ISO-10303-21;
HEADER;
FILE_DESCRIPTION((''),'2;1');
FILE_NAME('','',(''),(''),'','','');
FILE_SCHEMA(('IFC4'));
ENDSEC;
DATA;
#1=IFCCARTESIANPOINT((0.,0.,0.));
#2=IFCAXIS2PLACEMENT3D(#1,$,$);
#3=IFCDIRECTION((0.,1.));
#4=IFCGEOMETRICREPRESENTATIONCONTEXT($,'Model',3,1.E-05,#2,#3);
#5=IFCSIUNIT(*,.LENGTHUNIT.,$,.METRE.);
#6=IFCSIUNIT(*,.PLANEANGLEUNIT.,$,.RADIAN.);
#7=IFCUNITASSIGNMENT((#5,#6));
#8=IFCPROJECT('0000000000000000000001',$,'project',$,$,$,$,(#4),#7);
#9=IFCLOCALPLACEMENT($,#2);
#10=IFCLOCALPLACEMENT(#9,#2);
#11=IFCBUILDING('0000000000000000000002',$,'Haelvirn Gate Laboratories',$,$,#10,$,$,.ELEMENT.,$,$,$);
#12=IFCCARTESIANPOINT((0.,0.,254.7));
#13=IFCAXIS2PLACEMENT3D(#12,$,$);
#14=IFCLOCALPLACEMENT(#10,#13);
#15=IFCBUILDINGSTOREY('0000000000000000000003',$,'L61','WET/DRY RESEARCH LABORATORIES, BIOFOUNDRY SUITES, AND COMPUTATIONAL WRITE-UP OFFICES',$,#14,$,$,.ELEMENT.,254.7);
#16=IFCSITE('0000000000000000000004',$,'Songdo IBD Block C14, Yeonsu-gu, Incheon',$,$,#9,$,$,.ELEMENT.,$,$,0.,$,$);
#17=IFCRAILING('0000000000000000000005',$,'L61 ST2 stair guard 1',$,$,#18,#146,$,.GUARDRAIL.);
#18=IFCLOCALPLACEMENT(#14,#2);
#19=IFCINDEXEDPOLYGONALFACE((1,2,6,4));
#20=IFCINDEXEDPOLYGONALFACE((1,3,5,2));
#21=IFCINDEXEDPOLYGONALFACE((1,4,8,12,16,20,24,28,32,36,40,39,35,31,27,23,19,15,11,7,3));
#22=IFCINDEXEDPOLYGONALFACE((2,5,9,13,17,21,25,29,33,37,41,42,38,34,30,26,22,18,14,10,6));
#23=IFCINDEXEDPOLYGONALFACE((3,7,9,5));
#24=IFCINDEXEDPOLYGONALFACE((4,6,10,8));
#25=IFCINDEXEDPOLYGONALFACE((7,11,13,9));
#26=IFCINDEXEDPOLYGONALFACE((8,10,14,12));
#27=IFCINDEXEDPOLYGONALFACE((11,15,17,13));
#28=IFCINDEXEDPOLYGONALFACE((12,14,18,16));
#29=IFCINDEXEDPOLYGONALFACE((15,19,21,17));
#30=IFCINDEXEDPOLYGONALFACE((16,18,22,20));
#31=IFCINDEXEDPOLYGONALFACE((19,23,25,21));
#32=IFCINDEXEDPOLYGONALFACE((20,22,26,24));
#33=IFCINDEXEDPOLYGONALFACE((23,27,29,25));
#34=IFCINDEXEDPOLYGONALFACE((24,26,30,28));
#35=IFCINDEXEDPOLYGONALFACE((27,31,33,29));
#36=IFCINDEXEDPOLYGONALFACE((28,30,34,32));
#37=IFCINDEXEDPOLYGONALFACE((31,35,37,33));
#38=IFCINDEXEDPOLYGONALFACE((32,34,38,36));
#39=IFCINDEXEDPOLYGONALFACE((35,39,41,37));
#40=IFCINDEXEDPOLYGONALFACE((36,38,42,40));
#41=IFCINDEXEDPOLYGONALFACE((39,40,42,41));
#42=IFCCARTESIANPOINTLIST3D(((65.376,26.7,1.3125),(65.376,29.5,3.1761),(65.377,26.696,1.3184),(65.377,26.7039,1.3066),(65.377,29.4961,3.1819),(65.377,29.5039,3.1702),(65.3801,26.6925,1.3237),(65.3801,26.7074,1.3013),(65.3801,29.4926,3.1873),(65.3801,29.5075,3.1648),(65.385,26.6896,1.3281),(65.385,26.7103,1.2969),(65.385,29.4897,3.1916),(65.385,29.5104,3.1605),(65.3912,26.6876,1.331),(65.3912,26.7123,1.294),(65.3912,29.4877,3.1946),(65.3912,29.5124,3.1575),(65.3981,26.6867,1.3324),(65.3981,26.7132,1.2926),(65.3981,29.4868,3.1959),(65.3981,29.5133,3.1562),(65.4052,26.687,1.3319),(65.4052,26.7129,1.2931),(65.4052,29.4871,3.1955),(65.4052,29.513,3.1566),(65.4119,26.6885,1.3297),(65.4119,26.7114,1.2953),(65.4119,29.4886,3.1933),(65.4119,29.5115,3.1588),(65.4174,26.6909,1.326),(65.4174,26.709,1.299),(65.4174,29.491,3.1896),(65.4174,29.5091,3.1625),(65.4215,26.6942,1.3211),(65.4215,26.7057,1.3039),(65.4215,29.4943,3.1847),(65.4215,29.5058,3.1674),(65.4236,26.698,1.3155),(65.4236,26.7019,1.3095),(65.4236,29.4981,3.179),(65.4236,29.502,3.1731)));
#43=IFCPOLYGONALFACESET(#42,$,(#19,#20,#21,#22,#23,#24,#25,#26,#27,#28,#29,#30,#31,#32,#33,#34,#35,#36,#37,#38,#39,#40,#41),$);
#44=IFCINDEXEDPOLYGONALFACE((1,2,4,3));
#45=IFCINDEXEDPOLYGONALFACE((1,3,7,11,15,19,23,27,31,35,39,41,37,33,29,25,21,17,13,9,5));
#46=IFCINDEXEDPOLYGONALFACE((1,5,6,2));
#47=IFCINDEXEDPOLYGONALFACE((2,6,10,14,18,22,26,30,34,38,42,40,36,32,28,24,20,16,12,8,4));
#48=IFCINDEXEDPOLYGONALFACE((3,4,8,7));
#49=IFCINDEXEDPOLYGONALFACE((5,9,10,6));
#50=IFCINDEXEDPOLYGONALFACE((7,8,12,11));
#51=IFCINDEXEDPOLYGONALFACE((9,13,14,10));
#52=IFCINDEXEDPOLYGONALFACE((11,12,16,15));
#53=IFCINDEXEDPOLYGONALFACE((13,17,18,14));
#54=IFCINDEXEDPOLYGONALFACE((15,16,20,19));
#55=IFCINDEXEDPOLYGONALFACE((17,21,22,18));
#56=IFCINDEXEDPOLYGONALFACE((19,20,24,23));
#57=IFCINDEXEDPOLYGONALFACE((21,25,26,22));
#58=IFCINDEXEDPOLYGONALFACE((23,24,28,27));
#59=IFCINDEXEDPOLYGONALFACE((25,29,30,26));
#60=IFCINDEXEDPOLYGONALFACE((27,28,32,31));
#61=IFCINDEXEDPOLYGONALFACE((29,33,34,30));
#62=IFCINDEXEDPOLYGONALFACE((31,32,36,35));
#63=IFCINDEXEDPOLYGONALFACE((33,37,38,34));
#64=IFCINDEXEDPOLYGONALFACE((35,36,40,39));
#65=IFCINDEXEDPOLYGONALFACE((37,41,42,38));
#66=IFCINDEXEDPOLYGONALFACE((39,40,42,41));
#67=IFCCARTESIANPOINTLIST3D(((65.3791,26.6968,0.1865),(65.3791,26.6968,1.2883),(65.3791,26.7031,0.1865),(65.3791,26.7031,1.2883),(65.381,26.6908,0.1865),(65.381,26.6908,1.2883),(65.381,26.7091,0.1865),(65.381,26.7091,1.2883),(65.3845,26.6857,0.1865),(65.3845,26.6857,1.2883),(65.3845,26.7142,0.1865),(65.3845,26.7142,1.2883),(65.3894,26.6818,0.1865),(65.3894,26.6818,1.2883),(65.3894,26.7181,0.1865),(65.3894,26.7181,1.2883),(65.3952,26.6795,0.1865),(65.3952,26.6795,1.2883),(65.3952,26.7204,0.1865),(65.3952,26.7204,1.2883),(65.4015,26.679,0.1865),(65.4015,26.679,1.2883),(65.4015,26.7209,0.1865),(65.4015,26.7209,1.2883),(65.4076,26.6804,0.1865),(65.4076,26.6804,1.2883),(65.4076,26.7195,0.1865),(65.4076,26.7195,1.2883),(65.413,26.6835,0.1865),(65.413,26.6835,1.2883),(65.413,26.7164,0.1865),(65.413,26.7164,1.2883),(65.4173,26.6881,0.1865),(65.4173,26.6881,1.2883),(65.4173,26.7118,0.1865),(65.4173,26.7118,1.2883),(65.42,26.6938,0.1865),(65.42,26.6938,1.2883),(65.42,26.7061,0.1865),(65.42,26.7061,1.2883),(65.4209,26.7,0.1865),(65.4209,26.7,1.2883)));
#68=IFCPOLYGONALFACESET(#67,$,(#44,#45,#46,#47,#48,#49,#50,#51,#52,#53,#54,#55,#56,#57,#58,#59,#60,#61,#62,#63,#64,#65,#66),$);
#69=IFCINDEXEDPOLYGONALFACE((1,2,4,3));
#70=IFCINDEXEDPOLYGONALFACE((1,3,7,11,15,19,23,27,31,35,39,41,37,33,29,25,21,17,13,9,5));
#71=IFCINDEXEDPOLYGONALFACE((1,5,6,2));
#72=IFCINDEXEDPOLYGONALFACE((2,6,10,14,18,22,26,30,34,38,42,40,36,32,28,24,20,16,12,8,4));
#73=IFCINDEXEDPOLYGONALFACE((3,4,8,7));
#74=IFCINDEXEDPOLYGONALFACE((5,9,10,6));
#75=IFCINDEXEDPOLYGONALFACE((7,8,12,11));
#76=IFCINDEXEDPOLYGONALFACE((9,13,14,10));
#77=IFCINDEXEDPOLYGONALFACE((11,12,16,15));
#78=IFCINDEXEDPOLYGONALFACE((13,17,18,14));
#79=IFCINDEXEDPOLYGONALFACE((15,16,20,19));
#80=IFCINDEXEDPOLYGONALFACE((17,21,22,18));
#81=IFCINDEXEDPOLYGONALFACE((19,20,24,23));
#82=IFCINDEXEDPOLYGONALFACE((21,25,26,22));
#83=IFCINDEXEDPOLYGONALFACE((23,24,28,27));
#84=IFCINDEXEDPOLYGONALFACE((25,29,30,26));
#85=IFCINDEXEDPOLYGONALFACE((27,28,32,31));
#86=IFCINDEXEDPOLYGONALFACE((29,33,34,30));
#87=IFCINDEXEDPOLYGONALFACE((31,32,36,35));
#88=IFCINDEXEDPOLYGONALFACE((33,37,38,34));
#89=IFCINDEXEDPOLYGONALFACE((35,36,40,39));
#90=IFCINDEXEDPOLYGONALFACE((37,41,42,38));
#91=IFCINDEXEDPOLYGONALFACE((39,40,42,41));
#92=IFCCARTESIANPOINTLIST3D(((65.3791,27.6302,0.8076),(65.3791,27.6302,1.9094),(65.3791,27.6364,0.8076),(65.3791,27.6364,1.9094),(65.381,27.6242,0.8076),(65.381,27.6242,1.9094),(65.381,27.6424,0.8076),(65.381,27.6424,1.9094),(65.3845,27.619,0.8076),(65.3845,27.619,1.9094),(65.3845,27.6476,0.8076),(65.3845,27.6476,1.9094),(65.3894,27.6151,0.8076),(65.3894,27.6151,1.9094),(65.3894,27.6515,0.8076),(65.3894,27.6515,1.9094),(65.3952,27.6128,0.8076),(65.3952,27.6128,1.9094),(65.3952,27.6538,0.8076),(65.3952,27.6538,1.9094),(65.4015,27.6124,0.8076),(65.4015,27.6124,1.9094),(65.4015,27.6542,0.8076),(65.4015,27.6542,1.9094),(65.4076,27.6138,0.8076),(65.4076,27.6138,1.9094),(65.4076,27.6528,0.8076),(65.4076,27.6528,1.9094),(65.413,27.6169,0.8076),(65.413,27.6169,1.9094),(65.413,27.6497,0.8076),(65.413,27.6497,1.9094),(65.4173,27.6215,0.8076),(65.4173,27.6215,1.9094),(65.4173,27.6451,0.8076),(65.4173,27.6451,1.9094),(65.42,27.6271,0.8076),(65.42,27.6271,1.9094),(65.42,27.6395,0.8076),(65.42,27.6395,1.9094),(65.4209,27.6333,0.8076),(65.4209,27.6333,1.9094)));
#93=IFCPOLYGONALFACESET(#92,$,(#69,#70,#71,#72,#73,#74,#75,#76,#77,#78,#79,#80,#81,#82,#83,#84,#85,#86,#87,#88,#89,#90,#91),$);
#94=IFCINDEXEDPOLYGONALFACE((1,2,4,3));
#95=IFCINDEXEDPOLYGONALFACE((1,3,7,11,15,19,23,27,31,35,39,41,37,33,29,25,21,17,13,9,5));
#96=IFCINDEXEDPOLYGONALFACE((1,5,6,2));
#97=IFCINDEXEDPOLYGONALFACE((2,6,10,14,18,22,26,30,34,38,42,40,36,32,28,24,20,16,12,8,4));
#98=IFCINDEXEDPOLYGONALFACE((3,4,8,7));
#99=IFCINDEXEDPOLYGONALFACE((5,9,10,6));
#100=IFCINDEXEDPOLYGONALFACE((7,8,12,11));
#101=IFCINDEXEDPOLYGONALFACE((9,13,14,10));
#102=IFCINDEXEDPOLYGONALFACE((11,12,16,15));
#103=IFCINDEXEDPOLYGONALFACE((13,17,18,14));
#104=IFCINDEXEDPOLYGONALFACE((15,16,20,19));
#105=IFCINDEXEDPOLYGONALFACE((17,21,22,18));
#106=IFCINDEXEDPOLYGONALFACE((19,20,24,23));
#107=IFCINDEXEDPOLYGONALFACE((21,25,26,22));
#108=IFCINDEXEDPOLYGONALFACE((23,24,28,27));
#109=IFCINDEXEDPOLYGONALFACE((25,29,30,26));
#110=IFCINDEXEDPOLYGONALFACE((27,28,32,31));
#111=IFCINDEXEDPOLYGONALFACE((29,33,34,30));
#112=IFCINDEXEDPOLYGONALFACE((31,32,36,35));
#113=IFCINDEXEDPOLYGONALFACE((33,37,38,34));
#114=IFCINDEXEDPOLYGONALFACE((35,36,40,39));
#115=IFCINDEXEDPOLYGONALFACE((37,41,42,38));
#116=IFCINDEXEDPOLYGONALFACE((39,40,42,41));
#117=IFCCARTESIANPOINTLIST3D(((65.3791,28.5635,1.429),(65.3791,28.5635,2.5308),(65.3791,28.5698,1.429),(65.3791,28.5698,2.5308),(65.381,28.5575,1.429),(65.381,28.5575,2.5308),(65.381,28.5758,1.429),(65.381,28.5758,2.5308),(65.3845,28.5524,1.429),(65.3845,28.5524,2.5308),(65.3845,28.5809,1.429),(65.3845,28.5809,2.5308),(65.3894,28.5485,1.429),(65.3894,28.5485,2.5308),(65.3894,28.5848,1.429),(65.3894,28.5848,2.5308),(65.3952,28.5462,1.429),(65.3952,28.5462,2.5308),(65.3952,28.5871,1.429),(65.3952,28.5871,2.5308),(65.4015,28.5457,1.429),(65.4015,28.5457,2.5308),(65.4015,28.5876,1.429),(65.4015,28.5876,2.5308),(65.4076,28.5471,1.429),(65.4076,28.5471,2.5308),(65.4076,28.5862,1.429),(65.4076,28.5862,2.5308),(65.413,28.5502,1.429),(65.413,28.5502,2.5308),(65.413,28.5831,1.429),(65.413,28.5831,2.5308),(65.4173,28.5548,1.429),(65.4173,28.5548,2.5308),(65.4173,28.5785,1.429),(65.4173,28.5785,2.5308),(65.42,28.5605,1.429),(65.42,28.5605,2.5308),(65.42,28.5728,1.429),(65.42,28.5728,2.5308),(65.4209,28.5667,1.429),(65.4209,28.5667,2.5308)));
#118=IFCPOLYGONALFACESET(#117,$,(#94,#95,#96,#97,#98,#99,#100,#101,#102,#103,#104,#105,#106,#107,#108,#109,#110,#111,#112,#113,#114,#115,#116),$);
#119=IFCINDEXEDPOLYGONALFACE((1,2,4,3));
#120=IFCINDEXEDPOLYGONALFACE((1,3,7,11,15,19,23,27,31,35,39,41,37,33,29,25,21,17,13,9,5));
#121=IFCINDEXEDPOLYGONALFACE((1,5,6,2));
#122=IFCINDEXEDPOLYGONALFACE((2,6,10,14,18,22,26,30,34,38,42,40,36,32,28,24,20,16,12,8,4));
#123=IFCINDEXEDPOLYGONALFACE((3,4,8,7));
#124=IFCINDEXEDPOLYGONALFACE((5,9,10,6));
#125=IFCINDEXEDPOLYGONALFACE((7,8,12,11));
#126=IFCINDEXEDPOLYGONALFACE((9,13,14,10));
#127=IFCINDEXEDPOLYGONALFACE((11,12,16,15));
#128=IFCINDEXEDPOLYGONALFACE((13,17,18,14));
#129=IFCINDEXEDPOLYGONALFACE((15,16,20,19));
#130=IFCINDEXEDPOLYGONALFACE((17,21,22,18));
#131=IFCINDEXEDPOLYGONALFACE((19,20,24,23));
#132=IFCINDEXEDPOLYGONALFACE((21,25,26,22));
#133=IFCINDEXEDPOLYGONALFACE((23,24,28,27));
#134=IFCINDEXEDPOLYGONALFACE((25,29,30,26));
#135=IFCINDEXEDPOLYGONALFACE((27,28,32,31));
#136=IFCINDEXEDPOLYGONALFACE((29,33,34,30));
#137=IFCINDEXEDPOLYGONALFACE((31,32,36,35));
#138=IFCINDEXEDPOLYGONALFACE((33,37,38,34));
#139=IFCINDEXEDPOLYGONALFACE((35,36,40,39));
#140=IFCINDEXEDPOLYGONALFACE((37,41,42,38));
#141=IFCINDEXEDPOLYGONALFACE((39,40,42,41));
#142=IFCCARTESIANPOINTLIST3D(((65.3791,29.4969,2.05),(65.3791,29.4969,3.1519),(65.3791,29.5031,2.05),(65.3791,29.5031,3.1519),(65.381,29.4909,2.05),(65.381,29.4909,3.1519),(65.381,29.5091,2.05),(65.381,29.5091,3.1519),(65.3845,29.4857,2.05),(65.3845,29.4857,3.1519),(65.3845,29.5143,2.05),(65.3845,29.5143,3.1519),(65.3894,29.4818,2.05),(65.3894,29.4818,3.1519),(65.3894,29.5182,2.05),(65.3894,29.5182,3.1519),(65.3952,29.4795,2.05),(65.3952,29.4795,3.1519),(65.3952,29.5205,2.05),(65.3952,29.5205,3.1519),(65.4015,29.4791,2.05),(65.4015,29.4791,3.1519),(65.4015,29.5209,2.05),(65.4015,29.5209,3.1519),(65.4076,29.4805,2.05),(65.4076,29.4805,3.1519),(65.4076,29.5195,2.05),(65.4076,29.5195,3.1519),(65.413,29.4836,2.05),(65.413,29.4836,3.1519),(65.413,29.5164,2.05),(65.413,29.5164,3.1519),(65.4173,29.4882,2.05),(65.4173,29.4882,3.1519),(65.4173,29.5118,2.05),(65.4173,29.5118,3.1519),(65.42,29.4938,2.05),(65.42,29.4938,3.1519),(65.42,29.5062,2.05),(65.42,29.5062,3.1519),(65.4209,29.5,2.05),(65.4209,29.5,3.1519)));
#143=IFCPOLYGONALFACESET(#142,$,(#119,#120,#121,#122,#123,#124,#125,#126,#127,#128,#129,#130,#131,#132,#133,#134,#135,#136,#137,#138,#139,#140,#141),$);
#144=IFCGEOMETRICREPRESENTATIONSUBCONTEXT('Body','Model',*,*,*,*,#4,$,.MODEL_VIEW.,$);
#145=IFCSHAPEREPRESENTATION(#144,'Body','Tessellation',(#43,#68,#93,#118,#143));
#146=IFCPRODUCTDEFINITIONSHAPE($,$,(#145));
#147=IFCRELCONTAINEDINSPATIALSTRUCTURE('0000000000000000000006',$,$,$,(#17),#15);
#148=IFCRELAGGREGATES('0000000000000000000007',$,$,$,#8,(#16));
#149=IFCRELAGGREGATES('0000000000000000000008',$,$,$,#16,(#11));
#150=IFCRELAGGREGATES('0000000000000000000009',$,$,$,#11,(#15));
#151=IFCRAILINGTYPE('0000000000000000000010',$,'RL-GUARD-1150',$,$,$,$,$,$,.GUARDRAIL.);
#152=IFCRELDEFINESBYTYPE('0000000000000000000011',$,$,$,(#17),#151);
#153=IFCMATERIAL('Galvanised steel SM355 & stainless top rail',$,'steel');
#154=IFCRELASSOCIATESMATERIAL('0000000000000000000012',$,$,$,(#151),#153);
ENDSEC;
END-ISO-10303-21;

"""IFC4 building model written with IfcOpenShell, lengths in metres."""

from ifc_helpers import new_model, si_unit, direction, frame, origin, origin_2d, place, context, subcontext, project, spatial, circle, extrude, source, transform, mapped, material, type_object, element, save


model = new_model("IFC4")

# Units and contexts
model_context = context("Model", 3, precision=1e-05, world=origin(), true_north=direction((0.0, 1.0)))
body_context = subcontext(model_context, "Body", "Model", "MODEL_VIEW")
ifc_project = project(units=[si_unit("LENGTHUNIT", "METRE"), si_unit("PLANEANGLEUNIT", "RADIAN")], contexts=[model_context])

# Site, building, storey
site_placement = place(None, origin())
site = spatial("IfcSite", under=ifc_project, at=site_placement, Name="Songdo IBD Block C14, Yeonsu-gu, Incheon", CompositionType="ELEMENT", RefElevation=0.0)
building_placement = place(site_placement, origin())
building = spatial("IfcBuilding", under=site, at=building_placement, Name="Haelvirn Gate Laboratories", CompositionType="ELEMENT")
storey_placement = place(building_placement, frame((0.0, 0.0, 254.7)))
storey = spatial("IfcBuildingStorey", under=building, at=storey_placement, Name="L61", Description="WET/DRY RESEARCH LABORATORIES, BIOFOUNDRY SUITES, AND COMPUTATIONAL WRITE-UP OFFICES", CompositionType="ELEMENT", Elevation=254.7)

# Railing
ifc_material_1 = material(Name="Galvanised steel SM355 & stainless top rail", Category="steel")
railing_type_1 = type_object("IfcRailingType", Name="RL-GUARD-1150", PredefinedType="GUARDRAIL", material=ifc_material_1)
shared_shape_1 = source(origin(), body_context, "Body", "SweptSolid", [
    extrude(circle(Radius=0.0239, at=origin_2d()), frame((0.0, 0.0, 1.126), z_axis=(0.0, 0.832486, 0.554047), x_axis=(-1.0, 0.0, 0.0)), (0.0, 0.0, 1.0), 3.3635),
    extrude(circle(Radius=0.021, at=origin_2d()), origin(), (0.0, 0.0, 1.0), 1.1018),
    extrude(circle(Radius=0.021, at=origin_2d()), frame((0.0, 0.9333, 0.6211)), (0.0, 0.0, 1.0), 1.1018),
    extrude(circle(Radius=0.021, at=origin_2d()), frame((0.0, 1.8667, 1.2424)), (0.0, 0.0, 1.0), 1.1018),
    extrude(circle(Radius=0.021, at=origin_2d()), frame((0.0, 2.8, 1.8635)), (0.0, 0.0, 1.0), 1.1018),
])
railing_1_placement = place(storey_placement, frame((65.3999, 26.7, 0.1865)))
element("IfcRailing", 1, at=railing_1_placement, inside=storey, type_object=railing_type_1, Name="L61 ST2 stair guard 1", PredefinedType="GUARDRAIL", context=body_context, shape_type="MappedRepresentation", body=[
    mapped(shared_shape_1, transform((0.0, 0.0, 0.0), scale=1.0)),
])

save(model, "model.ifc")
